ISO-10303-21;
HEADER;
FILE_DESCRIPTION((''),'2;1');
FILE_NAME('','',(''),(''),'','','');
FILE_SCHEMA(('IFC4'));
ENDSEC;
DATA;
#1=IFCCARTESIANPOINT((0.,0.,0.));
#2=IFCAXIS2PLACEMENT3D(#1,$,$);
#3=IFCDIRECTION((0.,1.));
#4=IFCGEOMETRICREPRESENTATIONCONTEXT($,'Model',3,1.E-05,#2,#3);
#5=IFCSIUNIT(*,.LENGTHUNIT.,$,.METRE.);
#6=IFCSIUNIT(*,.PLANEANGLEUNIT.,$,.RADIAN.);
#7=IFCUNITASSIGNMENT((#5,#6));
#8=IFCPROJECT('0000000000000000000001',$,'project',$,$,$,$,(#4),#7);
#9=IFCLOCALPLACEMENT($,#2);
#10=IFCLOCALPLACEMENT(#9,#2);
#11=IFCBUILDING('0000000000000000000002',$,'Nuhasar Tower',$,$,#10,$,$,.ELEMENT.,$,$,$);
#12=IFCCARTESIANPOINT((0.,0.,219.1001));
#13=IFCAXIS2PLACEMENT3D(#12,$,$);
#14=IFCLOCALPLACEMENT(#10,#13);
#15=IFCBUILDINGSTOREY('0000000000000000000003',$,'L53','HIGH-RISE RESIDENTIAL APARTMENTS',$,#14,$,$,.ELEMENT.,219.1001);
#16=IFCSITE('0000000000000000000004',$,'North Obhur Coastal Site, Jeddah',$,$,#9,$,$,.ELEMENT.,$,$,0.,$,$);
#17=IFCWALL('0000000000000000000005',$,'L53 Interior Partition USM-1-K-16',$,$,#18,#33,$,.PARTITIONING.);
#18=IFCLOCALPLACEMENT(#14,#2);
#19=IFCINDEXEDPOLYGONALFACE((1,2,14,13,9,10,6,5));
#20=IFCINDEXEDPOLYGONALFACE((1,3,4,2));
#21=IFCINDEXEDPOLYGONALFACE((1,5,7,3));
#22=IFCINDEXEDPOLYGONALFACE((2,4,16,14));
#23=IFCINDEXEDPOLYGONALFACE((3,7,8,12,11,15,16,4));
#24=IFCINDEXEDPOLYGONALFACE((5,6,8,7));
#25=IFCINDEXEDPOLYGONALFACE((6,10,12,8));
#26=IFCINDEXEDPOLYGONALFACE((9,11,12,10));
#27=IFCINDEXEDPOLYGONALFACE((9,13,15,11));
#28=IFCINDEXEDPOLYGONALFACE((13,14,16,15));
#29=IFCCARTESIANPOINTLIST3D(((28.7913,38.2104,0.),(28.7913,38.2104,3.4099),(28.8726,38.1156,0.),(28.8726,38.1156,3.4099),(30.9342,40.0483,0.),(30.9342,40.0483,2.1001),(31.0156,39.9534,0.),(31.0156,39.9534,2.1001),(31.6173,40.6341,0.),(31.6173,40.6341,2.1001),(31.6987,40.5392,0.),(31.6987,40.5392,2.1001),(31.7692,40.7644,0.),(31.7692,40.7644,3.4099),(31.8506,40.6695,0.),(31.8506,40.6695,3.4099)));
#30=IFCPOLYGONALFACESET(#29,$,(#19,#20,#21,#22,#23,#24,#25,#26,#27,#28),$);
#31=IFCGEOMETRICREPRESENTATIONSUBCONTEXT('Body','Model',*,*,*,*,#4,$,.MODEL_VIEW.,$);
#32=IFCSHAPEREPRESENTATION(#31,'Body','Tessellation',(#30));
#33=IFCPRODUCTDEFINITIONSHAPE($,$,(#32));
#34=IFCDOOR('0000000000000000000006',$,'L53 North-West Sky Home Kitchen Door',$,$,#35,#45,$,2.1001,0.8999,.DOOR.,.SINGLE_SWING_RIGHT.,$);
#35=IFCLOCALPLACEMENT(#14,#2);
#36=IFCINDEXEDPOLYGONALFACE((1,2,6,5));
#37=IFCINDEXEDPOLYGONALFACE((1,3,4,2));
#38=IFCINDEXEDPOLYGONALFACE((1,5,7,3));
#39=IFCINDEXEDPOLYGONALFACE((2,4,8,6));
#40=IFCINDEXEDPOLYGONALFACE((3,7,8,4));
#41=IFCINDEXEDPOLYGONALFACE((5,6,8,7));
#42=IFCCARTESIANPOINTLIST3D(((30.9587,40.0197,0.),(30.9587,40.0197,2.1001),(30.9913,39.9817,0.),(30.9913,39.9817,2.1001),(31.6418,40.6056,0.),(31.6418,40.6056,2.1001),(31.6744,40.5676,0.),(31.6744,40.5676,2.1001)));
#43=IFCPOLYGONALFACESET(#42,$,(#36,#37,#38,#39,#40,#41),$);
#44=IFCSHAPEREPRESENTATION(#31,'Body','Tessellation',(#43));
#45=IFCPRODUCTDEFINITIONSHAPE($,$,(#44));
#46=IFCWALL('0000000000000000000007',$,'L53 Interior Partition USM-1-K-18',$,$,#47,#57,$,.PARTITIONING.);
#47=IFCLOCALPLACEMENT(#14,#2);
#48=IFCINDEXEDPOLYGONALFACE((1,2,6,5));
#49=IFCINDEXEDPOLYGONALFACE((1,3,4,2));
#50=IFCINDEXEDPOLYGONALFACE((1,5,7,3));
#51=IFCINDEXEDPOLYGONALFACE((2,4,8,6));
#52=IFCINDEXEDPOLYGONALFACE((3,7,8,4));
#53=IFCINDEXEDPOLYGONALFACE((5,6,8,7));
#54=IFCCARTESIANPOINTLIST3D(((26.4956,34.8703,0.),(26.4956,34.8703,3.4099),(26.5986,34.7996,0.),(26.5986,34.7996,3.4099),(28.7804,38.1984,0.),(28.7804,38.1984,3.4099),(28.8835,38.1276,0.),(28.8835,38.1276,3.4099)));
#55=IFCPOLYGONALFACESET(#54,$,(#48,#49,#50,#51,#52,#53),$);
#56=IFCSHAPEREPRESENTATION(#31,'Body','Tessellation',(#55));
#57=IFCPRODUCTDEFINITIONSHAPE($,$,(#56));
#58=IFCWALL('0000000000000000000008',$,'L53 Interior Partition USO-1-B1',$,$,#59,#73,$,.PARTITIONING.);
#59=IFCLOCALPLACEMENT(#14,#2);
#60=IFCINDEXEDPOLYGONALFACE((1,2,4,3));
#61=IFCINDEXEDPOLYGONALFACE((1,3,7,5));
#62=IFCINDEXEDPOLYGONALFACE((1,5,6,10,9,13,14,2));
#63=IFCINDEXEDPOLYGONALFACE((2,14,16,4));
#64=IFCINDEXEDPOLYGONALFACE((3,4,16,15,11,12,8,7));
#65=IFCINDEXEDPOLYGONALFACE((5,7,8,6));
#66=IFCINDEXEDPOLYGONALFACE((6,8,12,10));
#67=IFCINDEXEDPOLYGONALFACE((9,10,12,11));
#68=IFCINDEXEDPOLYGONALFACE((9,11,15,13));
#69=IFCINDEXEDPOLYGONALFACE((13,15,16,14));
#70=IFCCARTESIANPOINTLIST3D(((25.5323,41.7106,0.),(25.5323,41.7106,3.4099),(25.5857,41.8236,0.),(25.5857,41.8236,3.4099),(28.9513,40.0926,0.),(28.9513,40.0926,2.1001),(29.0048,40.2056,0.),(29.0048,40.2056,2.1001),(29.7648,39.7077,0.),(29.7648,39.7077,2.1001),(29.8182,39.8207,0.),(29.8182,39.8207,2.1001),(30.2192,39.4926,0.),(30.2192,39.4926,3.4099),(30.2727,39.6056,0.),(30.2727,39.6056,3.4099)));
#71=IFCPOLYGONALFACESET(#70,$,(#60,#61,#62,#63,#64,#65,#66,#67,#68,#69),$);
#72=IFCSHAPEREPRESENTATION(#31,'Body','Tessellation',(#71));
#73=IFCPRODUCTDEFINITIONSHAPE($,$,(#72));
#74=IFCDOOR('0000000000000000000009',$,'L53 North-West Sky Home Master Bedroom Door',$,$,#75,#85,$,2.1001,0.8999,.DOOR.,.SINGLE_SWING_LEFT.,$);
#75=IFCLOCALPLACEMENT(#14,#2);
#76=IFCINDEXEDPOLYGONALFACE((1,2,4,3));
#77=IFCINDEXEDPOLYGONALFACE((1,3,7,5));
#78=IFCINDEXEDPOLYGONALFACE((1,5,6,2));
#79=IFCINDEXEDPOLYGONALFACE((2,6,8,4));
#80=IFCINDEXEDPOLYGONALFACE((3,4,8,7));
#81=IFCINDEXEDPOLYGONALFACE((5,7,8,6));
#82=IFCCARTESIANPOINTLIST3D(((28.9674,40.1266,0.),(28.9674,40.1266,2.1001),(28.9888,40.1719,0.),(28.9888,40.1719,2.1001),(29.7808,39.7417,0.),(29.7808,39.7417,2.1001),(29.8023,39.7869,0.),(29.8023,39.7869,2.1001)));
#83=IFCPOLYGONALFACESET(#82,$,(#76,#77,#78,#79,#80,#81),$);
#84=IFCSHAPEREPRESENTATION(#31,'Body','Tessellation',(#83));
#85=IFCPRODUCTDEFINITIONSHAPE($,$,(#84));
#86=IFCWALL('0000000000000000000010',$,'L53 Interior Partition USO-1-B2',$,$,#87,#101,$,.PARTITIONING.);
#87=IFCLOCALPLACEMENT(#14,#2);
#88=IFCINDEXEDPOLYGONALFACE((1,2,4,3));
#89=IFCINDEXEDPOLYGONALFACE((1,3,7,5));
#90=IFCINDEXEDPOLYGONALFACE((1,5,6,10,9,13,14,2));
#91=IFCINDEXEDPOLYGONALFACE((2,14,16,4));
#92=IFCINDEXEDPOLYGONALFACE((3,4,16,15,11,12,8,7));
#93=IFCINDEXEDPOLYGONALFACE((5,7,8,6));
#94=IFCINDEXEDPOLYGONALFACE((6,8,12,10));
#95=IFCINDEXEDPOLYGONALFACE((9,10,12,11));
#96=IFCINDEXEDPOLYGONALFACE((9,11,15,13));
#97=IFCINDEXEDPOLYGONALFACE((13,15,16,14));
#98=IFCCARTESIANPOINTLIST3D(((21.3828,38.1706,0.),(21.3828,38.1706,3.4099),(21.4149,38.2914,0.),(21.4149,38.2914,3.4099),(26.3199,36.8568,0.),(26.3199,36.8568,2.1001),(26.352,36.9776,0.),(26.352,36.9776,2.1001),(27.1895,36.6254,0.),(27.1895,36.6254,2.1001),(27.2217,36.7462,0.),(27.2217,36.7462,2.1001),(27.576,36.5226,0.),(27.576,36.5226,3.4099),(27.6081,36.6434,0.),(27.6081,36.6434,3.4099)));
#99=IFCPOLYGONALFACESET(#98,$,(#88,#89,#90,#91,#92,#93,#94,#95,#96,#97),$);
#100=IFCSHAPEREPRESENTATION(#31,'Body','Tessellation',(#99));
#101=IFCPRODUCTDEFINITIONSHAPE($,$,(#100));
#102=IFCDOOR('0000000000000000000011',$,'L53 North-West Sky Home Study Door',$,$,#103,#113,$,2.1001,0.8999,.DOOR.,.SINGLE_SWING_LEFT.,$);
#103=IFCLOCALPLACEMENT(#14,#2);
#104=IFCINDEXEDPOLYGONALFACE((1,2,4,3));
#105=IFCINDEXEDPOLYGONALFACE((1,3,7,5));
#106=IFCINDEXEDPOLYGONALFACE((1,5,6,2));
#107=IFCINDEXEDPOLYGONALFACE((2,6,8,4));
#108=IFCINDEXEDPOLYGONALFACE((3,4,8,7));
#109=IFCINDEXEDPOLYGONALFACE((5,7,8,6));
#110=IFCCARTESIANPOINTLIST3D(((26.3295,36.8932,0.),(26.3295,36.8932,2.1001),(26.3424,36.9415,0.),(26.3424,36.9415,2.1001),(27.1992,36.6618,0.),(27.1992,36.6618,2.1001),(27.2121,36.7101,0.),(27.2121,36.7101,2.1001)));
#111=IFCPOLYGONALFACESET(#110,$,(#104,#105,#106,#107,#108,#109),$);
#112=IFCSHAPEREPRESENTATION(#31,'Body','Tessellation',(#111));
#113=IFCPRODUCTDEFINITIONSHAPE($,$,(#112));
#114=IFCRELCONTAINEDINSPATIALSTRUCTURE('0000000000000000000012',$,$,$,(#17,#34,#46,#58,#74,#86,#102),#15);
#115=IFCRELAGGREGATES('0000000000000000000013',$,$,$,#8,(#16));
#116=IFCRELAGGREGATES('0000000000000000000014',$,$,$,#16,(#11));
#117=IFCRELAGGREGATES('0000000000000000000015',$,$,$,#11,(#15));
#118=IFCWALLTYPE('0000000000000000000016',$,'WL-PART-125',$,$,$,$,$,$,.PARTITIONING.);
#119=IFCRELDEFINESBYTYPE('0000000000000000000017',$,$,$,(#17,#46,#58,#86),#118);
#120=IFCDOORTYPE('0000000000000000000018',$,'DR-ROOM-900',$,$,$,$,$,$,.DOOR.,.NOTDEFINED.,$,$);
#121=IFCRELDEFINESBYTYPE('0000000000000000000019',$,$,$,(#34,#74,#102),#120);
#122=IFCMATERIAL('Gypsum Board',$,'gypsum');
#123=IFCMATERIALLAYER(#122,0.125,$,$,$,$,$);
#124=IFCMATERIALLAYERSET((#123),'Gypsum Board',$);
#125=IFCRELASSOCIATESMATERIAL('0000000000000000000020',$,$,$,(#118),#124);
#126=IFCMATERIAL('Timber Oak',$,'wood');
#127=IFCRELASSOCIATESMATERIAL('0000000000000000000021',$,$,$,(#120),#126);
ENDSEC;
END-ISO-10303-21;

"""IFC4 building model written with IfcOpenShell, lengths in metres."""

from ifc_helpers import new_model, si_unit, direction, frame, frame_2d, origin, place, context, subcontext, project, spatial, rectangle, extrude, material, layer, layer_set, type_object, element, fill, save


model = new_model("IFC4")

# Units and contexts
model_context = context("Model", 3, precision=1e-05, world=origin(), true_north=direction((0.0, 1.0)))
body_context = subcontext(model_context, "Body", "Model", "MODEL_VIEW")
ifc_project = project(units=[si_unit("LENGTHUNIT", "METRE"), si_unit("PLANEANGLEUNIT", "RADIAN")], contexts=[model_context])

# Site, building, storey
site_placement = place(None, origin())
site = spatial("IfcSite", under=ifc_project, at=site_placement, Name="North Obhur Coastal Site, Jeddah", CompositionType="ELEMENT", RefElevation=0.0)
building_placement = place(site_placement, origin())
building = spatial("IfcBuilding", under=site, at=building_placement, Name="Nuhasar Tower", CompositionType="ELEMENT")
storey_placement = place(building_placement, frame((0.0, 0.0, 219.1001)))
storey = spatial("IfcBuildingStorey", under=building, at=storey_placement, Name="L53", Description="HIGH-RISE RESIDENTIAL APARTMENTS", CompositionType="ELEMENT", Elevation=219.1001)

# Wall, opening, door
ifc_material_1 = material(Name="Gypsum Board", Category="gypsum")
ifc_layer_1 = layer(ifc_material_1, 0.125)
ifc_layer_set_1 = layer_set([ifc_layer_1], Name="Gypsum Board")
wall_type = type_object("IfcWallType", Name="WL-PART-125", PredefinedType="PARTITIONING", material=ifc_layer_set_1)
wall_1_placement = place(storey_placement, frame((28.832, 38.1631, 0.0), z_axis=(0.0, 0.0, 1.0), x_axis=(0.759085, 0.650991, 0.0)))
wall_1 = element("IfcWall", 1, at=wall_1_placement, inside=storey, type_object=wall_type, Name="L53 Interior Partition USM-1-K-16", PredefinedType="PARTITIONING", context=body_context, shape_type="SweptSolid", body=[
    extrude(rectangle(XDim=3.9231, YDim=0.125, at=frame_2d((1.9614, 0.0))), origin(), (0.0, 0.0, 1.0), 3.4099),
])
opening_1_placement = place(wall_1_placement, frame((2.823, 0.0, 0.0)))
opening_1 = element("IfcOpeningElement", 2, at=opening_1_placement, cuts=wall_1, PredefinedType="OPENING", context=body_context, shape_type="SweptSolid", body=[
    extrude(rectangle(XDim=0.8999, YDim=2.1001, at=frame_2d((0.45, 1.05))), frame((0.0, 0.0725, 0.0), z_axis=(0.0, -1.0, 0.0), x_axis=(1.0, 0.0, 0.0)), (0.0, 0.0, 1.0), 0.145),
])
ifc_material_2 = material(Name="Timber Oak", Category="wood")
door_type = type_object("IfcDoorType", Name="DR-ROOM-900", OperationType="NOTDEFINED", PredefinedType="DOOR", material=ifc_material_2)
door_1_placement = place(opening_1_placement, origin())
door_1 = element("IfcDoor", 3, at=door_1_placement, inside=storey, type_object=door_type, Name="L53 North-West Sky Home Kitchen Door", OperationType="SINGLE_SWING_RIGHT", OverallHeight=2.1001, OverallWidth=0.8999, PredefinedType="DOOR", context=body_context, shape_type="SweptSolid", body=[
    extrude(rectangle(XDim=0.8999, YDim=2.1001, at=frame_2d((0.45, 1.05))), frame((0.0, 0.0249, 0.0), z_axis=(0.0, -1.0, 0.0), x_axis=(1.0, 0.0, 0.0)), (0.0, 0.0, 1.0), 0.05),
])
fill(opening_1, door_1)

# Wall
wall_2_placement = place(storey_placement, frame((28.832, 38.1631, 0.0), z_axis=(0.0, 0.0, 1.0), x_axis=(-0.565995, -0.824409, 0.0)))
element("IfcWall", 4, at=wall_2_placement, inside=storey, type_object=wall_type, Name="L53 Interior Partition USM-1-K-18", PredefinedType="PARTITIONING", context=body_context, shape_type="SweptSolid", body=[
    extrude(rectangle(XDim=4.0369, YDim=0.125, at=frame_2d((2.0186, 0.0))), origin(), (0.0, 0.0, 1.0), 3.4099),
])

# Walls, openings, doors
wall_3_placement = place(storey_placement, frame((30.2461, 39.5491, 0.0), z_axis=(0.0, 0.0, 1.0), x_axis=(-0.903898, 0.427748, 0.0)))
wall_3 = element("IfcWall", 5, at=wall_3_placement, inside=storey, type_object=wall_type, Name="L53 Interior Partition USO-1-B1", PredefinedType="PARTITIONING", context=body_context, shape_type="SweptSolid", body=[
    extrude(rectangle(XDim=5.1853, YDim=0.125, at=frame_2d((2.5928, 0.0))), origin(), (0.0, 0.0, 1.0), 3.4099),
])
opening_2_placement = place(wall_3_placement, frame((0.5029, 0.0, 0.0)))
opening_2 = element("IfcOpeningElement", 6, at=opening_2_placement, cuts=wall_3, PredefinedType="OPENING", context=body_context, shape_type="SweptSolid", body=[
    extrude(rectangle(XDim=0.8999, YDim=2.1001, at=frame_2d((0.45, 1.05))), frame((0.0, 0.0725, 0.0), z_axis=(0.0, -1.0, 0.0), x_axis=(1.0, 0.0, 0.0)), (0.0, 0.0, 1.0), 0.145),
])
door_2_placement = place(opening_2_placement, origin())
door_2 = element("IfcDoor", 7, at=door_2_placement, inside=storey, type_object=door_type, Name="L53 North-West Sky Home Master Bedroom Door", OperationType="SINGLE_SWING_LEFT", OverallHeight=2.1001, OverallWidth=0.8999, PredefinedType="DOOR", context=body_context, shape_type="SweptSolid", body=[
    extrude(rectangle(XDim=0.8999, YDim=2.1001, at=frame_2d((0.45, 1.05))), frame((0.0, 0.0249, 0.0), z_axis=(0.0, -1.0, 0.0), x_axis=(1.0, 0.0, 0.0)), (0.0, 0.0, 1.0), 0.05),
])
fill(opening_2, door_2)
wall_4_placement = place(storey_placement, frame((27.592, 36.583, 0.0), z_axis=(0.0, 0.0, 1.0), x_axis=(-0.966373, 0.257146, 0.0)))
wall_4 = element("IfcWall", 8, at=wall_4_placement, inside=storey, type_object=wall_type, Name="L53 Interior Partition USO-1-B2", PredefinedType="PARTITIONING", context=body_context, shape_type="SweptSolid", body=[
    extrude(rectangle(XDim=6.4087, YDim=0.125, at=frame_2d((3.2043, 0.0))), origin(), (0.0, 0.0, 1.0), 3.4099),
])
opening_3_placement = place(wall_4_placement, frame((0.3999, 0.0, 0.0)))
opening_3 = element("IfcOpeningElement", 9, at=opening_3_placement, cuts=wall_4, PredefinedType="OPENING", context=body_context, shape_type="SweptSolid", body=[
    extrude(rectangle(XDim=0.8999, YDim=2.1001, at=frame_2d((0.45, 1.05))), frame((0.0, 0.0725, 0.0), z_axis=(0.0, -1.0, 0.0), x_axis=(1.0, 0.0, 0.0)), (0.0, 0.0, 1.0), 0.145),
])
door_3_placement = place(opening_3_placement, origin())
door_3 = element("IfcDoor", 10, at=door_3_placement, inside=storey, type_object=door_type, Name="L53 North-West Sky Home Study Door", OperationType="SINGLE_SWING_LEFT", OverallHeight=2.1001, OverallWidth=0.8999, PredefinedType="DOOR", context=body_context, shape_type="SweptSolid", body=[
    extrude(rectangle(XDim=0.8999, YDim=2.1001, at=frame_2d((0.45, 1.05))), frame((0.0, 0.0249, 0.0), z_axis=(0.0, -1.0, 0.0), x_axis=(1.0, 0.0, 0.0)), (0.0, 0.0, 1.0), 0.05),
])
fill(opening_3, door_3)

save(model, "model.ifc")
